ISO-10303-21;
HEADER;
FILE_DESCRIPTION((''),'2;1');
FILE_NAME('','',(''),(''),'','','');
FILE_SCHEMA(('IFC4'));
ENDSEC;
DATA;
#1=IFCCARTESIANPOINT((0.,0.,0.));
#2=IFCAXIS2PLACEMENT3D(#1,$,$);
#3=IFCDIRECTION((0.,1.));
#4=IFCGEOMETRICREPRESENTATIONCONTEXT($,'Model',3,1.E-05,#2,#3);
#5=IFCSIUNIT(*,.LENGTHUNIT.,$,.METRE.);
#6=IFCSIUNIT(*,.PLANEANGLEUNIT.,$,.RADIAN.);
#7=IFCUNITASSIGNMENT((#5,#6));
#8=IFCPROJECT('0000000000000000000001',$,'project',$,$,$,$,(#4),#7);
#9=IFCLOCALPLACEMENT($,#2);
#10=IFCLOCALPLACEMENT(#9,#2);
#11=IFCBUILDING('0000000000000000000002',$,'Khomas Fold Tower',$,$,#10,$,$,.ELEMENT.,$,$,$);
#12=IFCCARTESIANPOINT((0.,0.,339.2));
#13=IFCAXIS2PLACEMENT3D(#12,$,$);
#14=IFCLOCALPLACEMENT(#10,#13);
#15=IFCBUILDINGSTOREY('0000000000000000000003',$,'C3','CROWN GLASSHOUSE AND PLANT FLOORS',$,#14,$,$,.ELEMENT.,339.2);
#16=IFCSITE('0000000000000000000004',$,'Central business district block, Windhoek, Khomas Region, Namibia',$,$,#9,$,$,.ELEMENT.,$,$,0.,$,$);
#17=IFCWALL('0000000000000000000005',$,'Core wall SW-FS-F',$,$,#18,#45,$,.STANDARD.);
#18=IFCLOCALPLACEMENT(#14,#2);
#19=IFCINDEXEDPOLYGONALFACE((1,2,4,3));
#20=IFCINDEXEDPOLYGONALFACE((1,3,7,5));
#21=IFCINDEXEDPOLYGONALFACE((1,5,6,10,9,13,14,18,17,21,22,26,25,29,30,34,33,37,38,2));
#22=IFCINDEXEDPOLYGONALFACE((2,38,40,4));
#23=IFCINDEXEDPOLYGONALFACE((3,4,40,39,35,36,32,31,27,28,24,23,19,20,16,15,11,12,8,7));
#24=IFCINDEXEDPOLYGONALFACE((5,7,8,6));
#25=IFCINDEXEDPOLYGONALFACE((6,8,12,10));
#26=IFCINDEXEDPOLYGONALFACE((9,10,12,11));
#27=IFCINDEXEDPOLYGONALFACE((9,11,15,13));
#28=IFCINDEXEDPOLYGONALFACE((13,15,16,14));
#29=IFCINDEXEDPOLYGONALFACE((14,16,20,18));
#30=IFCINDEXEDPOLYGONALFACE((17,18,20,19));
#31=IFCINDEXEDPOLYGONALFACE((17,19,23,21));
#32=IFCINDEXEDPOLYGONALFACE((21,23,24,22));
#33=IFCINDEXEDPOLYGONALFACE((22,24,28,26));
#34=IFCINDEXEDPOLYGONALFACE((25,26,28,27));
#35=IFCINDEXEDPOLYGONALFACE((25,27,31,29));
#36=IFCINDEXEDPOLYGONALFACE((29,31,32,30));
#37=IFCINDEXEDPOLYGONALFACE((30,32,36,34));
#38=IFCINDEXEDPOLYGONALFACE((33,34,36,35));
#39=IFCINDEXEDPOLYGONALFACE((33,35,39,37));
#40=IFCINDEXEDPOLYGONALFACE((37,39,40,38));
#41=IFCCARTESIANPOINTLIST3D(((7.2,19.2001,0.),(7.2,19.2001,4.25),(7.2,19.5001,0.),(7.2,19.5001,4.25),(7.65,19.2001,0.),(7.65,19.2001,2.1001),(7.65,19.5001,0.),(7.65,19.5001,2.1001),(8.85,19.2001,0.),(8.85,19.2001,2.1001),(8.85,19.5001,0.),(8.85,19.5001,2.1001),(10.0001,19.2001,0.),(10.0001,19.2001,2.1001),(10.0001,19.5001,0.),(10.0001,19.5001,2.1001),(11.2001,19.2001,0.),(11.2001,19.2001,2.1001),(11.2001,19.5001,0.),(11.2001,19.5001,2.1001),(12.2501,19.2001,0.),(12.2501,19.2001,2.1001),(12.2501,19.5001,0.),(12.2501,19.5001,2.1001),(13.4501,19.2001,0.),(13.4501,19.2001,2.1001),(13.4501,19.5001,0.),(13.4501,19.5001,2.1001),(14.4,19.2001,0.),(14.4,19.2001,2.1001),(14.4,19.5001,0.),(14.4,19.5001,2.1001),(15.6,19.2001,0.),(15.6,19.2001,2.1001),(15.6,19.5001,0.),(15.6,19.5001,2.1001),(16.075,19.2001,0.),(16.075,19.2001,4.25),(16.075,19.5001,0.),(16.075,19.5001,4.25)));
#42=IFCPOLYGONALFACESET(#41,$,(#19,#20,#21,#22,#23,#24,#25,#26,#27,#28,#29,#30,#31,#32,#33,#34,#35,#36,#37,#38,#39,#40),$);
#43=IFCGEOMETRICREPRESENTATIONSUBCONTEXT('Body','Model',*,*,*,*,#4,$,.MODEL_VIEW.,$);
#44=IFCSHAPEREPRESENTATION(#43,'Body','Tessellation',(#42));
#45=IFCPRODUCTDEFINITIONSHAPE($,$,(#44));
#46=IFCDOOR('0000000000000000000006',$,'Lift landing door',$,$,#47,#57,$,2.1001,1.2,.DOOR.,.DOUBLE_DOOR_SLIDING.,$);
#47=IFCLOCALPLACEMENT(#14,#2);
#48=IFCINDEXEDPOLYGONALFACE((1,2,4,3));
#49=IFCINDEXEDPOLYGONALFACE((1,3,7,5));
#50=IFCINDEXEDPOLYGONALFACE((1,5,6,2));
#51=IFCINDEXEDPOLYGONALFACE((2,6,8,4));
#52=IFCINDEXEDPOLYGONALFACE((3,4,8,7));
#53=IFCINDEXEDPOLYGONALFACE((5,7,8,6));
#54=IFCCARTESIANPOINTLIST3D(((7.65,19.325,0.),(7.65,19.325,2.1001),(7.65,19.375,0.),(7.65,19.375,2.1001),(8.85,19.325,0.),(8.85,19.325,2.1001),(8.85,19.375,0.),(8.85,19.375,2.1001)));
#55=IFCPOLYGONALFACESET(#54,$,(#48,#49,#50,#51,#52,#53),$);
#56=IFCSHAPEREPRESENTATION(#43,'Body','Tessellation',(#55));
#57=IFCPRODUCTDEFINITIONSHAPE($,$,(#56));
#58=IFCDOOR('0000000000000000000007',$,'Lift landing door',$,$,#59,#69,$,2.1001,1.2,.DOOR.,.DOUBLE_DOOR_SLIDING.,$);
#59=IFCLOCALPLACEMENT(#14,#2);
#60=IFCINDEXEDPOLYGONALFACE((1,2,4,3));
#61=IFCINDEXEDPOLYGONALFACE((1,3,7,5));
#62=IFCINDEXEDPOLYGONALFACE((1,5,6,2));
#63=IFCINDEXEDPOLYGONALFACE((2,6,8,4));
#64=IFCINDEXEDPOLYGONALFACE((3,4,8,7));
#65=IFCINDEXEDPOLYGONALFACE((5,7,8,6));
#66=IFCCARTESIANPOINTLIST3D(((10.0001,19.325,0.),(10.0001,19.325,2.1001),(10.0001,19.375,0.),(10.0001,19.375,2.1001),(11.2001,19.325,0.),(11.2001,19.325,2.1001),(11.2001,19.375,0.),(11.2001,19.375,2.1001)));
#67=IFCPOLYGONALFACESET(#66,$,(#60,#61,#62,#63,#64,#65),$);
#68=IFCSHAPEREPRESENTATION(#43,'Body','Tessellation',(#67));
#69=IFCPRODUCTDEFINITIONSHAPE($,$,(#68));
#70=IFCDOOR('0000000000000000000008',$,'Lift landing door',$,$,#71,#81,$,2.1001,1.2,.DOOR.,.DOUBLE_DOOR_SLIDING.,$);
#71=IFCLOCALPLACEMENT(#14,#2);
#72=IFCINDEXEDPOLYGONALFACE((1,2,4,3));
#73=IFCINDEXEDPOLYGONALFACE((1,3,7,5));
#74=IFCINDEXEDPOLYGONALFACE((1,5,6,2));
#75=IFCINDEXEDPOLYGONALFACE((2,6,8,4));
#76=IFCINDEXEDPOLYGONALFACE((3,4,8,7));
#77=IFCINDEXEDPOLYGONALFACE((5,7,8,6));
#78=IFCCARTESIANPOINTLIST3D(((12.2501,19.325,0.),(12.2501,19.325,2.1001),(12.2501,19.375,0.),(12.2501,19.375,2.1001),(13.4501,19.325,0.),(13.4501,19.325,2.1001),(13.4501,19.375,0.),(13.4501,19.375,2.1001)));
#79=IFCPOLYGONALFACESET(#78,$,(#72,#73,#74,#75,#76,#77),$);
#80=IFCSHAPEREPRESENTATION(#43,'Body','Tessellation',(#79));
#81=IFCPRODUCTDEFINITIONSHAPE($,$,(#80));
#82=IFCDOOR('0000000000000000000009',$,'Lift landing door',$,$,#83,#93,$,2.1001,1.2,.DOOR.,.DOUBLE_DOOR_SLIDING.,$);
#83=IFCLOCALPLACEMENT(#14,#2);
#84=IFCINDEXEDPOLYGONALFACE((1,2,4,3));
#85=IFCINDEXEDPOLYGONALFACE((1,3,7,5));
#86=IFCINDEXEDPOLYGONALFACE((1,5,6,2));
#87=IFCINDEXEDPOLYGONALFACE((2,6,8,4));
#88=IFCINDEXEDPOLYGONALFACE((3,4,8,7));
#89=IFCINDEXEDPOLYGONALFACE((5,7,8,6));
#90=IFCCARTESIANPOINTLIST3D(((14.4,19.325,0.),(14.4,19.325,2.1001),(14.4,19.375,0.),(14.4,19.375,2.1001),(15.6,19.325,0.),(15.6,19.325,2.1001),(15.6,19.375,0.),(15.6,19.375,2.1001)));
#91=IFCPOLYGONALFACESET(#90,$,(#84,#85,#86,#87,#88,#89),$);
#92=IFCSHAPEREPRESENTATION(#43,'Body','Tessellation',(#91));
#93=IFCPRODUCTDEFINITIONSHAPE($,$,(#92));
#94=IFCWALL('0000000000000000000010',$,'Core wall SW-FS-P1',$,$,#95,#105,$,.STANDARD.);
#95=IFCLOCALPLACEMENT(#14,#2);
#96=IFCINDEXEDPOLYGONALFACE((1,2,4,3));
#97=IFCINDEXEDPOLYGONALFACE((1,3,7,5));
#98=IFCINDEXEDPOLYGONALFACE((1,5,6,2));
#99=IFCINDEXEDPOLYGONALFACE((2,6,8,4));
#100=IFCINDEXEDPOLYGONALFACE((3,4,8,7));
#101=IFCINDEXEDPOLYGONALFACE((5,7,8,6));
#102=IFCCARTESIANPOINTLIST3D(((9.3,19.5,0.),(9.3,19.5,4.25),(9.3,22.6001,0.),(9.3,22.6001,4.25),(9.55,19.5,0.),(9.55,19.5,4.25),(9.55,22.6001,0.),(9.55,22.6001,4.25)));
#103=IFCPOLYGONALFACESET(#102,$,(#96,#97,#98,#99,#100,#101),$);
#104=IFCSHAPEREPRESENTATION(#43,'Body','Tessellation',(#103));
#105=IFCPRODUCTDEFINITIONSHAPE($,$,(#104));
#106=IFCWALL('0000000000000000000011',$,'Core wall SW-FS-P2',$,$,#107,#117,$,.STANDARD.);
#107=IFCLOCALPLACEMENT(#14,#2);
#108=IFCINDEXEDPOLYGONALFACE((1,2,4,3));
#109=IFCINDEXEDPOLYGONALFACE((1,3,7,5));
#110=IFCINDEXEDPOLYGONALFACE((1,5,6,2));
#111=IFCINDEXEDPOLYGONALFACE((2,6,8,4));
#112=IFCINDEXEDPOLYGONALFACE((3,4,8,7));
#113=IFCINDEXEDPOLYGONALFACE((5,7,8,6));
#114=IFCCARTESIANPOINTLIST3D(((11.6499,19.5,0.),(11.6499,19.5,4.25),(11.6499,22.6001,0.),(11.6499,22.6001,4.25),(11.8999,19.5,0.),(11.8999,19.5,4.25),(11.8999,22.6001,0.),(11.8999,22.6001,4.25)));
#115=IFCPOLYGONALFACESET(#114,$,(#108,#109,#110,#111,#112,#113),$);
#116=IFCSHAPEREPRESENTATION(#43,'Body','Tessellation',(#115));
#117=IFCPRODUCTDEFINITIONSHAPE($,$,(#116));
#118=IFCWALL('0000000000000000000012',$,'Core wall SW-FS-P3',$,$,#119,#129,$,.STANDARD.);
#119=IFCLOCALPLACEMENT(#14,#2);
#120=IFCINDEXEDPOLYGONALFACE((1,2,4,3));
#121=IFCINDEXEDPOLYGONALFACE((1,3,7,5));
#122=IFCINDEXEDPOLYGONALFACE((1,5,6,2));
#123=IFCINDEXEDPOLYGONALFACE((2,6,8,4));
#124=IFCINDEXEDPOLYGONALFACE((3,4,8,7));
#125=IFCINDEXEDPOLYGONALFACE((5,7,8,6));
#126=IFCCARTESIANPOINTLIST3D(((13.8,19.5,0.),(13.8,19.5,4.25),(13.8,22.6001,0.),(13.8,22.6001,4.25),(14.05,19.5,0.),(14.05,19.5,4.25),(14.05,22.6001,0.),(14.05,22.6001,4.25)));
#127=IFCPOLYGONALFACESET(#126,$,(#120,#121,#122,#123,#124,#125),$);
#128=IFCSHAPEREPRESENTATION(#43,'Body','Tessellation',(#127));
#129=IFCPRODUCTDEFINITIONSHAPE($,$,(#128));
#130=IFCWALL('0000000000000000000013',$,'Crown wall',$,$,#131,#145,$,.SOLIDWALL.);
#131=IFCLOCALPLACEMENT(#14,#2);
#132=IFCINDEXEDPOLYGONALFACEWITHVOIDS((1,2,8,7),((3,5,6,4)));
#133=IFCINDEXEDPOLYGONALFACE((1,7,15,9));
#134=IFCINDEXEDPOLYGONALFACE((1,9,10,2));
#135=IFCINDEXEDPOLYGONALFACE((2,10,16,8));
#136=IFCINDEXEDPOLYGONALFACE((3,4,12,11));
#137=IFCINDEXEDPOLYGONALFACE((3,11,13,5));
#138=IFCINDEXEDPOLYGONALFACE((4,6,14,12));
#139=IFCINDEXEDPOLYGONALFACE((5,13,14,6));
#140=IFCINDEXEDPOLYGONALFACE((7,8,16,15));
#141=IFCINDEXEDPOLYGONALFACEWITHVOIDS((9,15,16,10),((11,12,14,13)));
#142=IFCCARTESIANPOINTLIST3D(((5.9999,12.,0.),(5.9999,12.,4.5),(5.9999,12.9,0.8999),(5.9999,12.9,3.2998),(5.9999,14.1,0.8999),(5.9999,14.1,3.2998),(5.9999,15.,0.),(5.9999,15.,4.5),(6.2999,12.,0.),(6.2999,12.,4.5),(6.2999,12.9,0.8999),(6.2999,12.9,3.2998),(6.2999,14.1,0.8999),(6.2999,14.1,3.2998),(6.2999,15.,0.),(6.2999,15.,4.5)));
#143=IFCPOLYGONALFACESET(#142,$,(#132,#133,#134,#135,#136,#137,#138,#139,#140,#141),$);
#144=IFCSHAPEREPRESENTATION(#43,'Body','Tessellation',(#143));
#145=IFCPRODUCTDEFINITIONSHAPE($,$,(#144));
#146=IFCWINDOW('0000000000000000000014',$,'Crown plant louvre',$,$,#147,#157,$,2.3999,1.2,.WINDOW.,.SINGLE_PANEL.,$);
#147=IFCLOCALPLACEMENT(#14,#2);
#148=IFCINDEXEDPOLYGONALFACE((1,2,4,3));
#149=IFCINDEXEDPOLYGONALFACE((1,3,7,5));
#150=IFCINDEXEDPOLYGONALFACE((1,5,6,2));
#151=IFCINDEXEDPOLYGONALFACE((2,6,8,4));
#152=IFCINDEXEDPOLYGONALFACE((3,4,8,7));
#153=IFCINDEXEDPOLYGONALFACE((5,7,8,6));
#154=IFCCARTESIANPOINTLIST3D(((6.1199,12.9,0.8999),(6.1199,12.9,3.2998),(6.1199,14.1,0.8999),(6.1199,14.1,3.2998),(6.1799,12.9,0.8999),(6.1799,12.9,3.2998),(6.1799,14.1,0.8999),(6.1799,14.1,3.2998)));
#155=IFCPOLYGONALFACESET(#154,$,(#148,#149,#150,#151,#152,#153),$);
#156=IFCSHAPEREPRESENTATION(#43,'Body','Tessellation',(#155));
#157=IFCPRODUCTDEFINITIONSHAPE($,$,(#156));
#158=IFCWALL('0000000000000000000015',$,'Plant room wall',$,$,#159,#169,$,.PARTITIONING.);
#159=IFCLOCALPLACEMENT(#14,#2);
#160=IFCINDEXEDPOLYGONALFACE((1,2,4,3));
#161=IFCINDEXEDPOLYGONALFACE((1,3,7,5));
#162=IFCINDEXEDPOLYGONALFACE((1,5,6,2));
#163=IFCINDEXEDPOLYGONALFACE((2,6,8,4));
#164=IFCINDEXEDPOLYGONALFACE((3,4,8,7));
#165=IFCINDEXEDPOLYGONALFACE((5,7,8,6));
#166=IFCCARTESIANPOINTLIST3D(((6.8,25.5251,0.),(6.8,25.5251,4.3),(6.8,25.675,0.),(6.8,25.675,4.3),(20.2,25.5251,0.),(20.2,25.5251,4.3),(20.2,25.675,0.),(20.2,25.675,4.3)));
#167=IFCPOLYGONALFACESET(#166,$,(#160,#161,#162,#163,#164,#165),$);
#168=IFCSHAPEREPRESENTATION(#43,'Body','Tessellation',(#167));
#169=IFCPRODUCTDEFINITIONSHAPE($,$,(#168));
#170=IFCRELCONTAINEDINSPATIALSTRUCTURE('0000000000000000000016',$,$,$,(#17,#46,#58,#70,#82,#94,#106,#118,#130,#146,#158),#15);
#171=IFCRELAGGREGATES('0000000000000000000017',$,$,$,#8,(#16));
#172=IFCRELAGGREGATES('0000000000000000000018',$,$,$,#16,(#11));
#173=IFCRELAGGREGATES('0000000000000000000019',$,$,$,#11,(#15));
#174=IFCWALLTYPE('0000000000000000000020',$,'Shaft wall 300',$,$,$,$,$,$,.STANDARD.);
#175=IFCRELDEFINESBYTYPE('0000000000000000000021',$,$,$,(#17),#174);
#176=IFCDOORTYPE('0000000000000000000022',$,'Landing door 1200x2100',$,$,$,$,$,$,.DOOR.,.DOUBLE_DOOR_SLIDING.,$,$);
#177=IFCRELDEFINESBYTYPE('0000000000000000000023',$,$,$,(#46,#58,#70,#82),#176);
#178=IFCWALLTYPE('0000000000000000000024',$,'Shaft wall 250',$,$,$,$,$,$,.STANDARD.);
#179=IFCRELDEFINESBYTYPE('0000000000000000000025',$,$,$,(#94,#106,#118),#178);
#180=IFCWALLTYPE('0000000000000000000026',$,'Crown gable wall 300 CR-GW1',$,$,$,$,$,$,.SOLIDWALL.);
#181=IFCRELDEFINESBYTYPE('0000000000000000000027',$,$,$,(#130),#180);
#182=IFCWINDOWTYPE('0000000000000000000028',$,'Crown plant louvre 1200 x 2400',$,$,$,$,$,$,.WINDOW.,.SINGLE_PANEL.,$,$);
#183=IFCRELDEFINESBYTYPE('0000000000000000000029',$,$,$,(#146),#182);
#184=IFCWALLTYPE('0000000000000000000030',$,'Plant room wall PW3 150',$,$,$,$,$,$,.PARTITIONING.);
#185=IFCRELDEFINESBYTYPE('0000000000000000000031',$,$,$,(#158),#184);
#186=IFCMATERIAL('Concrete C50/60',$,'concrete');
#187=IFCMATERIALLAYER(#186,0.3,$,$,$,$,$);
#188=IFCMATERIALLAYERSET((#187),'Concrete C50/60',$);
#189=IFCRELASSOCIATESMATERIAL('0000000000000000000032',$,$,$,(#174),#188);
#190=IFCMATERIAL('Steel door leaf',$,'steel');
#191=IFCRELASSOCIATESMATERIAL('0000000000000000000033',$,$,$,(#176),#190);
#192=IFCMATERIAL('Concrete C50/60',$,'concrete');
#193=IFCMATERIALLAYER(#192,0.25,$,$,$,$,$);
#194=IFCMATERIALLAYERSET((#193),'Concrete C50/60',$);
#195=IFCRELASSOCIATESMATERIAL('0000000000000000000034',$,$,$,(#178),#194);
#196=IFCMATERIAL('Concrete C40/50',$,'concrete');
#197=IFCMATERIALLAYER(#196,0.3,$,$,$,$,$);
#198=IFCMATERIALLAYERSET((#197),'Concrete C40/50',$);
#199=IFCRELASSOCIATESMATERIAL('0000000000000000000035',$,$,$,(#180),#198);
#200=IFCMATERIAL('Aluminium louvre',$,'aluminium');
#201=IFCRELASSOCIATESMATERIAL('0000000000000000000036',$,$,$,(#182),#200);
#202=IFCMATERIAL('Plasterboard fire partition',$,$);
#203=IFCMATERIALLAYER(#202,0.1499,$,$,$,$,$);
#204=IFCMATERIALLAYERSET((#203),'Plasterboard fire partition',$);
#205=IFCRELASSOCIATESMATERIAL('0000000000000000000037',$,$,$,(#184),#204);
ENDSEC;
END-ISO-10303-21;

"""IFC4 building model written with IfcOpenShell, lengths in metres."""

from ifc_helpers import new_model, si_unit, direction, frame, frame_2d, origin, place, context, subcontext, project, spatial, rectangle, extrude, source, transform, mapped, material, layer, layer_set, type_object, element, fill, save


model = new_model("IFC4")

# Units and contexts
model_context = context("Model", 3, precision=1e-05, world=origin(), true_north=direction((0.0, 1.0)))
body_context = subcontext(model_context, "Body", "Model", "MODEL_VIEW")
ifc_project = project(units=[si_unit("LENGTHUNIT", "METRE"), si_unit("PLANEANGLEUNIT", "RADIAN")], contexts=[model_context])

# Site, building, storey
site_placement = place(None, origin())
site = spatial("IfcSite", under=ifc_project, at=site_placement, Name="Central business district block, Windhoek, Khomas Region, Namibia", CompositionType="ELEMENT", RefElevation=0.0)
building_placement = place(site_placement, origin())
building = spatial("IfcBuilding", under=site, at=building_placement, Name="Khomas Fold Tower", CompositionType="ELEMENT")
storey_placement = place(building_placement, frame((0.0, 0.0, 339.2)))
storey = spatial("IfcBuildingStorey", under=building, at=storey_placement, Name="C3", Description="CROWN GLASSHOUSE AND PLANT FLOORS", CompositionType="ELEMENT", Elevation=339.2)

# Shared definitions
ifc_material_1 = material(Name="Concrete C50/60", Category="concrete")
ifc_layer_1 = layer(ifc_material_1, 0.3)
ifc_layer_set_1 = layer_set([ifc_layer_1], Name="Concrete C50/60")
wall_type_1 = type_object("IfcWallType", Name="Shaft wall 300", PredefinedType="STANDARD", material=ifc_layer_set_1)

# Wall, openings, doors
shared_shape_1 = source(origin(), body_context, "Body", "SweptSolid", [
    extrude(rectangle(XDim=8.875, YDim=0.3, at=frame_2d((4.4375, 0.0))), origin(), (0.0, 0.0, 1.0), 4.25),
])
wall_1_placement = place(storey_placement, frame((7.2, 19.3501, 0.0), z_axis=(0.0, 0.0, 1.0), x_axis=(1.0, 0.0, 0.0)))
wall_1 = element("IfcWall", 1, at=wall_1_placement, inside=storey, type_object=wall_type_1, Name="Core wall SW-FS-F", PredefinedType="STANDARD", context=body_context, shape_type="MappedRepresentation", body=[
    mapped(shared_shape_1, transform((0.0, 0.0, 0.0))),
])
shared_shape_2 = source(origin(), body_context, "Body", "SweptSolid", [
    extrude(rectangle(XDim=1.2, YDim=2.1001, at=frame_2d((0.6001, 1.05))), frame((0.0, 0.1599, 0.0), z_axis=(0.0, -1.0, 0.0), x_axis=(1.0, 0.0, 0.0)), (0.0, 0.0, 1.0), 0.3201),
])
opening_1_placement = place(wall_1_placement, frame((0.45, 0.0, 0.0)))
opening_1 = element("IfcOpeningElement", 2, at=opening_1_placement, cuts=wall_1, PredefinedType="OPENING", context=body_context, shape_type="MappedRepresentation", body=[
    mapped(shared_shape_2, transform((0.0, 0.0, 0.0))),
])
opening_2_placement = place(wall_1_placement, frame((2.8, 0.0, 0.0)))
opening_2 = element("IfcOpeningElement", 3, at=opening_2_placement, cuts=wall_1, PredefinedType="OPENING", context=body_context, shape_type="MappedRepresentation", body=[
    mapped(shared_shape_2, transform((0.0, 0.0, 0.0))),
])
opening_3_placement = place(wall_1_placement, frame((5.05, 0.0, 0.0)))
opening_3 = element("IfcOpeningElement", 4, at=opening_3_placement, cuts=wall_1, PredefinedType="OPENING", context=body_context, shape_type="MappedRepresentation", body=[
    mapped(shared_shape_2, transform((0.0, 0.0, 0.0))),
])
opening_4_placement = place(wall_1_placement, frame((7.2, 0.0, 0.0)))
opening_4 = element("IfcOpeningElement", 5, at=opening_4_placement, cuts=wall_1, PredefinedType="OPENING", context=body_context, shape_type="MappedRepresentation", body=[
    mapped(shared_shape_2, transform((0.0, 0.0, 0.0))),
])
ifc_material_2 = material(Name="Steel door leaf", Category="steel")
door_type_1 = type_object("IfcDoorType", Name="Landing door 1200x2100", OperationType="DOUBLE_DOOR_SLIDING", PredefinedType="DOOR", material=ifc_material_2)
shared_shape_3 = source(origin(), body_context, "Body", "SweptSolid", [
    extrude(rectangle(XDim=1.2, YDim=2.1001, at=frame_2d((0.6001, 1.05))), frame((0.0, 0.0249, 0.0), z_axis=(0.0, -1.0, 0.0), x_axis=(1.0, 0.0, 0.0)), (0.0, 0.0, 1.0), 0.05),
])
door_1_placement = place(opening_1_placement, origin())
door_1 = element("IfcDoor", 6, at=door_1_placement, inside=storey, type_object=door_type_1, Name="Lift landing door", OperationType="DOUBLE_DOOR_SLIDING", OverallHeight=2.1001, OverallWidth=1.2, PredefinedType="DOOR", context=body_context, shape_type="MappedRepresentation", body=[
    mapped(shared_shape_3, transform((0.0, 0.0, 0.0))),
])
fill(opening_1, door_1)
door_2_placement = place(opening_2_placement, origin())
door_2 = element("IfcDoor", 7, at=door_2_placement, inside=storey, type_object=door_type_1, Name="Lift landing door", OperationType="DOUBLE_DOOR_SLIDING", OverallHeight=2.1001, OverallWidth=1.2, PredefinedType="DOOR", context=body_context, shape_type="MappedRepresentation", body=[
    mapped(shared_shape_3, transform((0.0, 0.0, 0.0))),
])
fill(opening_2, door_2)
door_3_placement = place(opening_3_placement, origin())
door_3 = element("IfcDoor", 8, at=door_3_placement, inside=storey, type_object=door_type_1, Name="Lift landing door", OperationType="DOUBLE_DOOR_SLIDING", OverallHeight=2.1001, OverallWidth=1.2, PredefinedType="DOOR", context=body_context, shape_type="MappedRepresentation", body=[
    mapped(shared_shape_3, transform((0.0, 0.0, 0.0))),
])
fill(opening_3, door_3)
door_4_placement = place(opening_4_placement, origin())
door_4 = element("IfcDoor", 9, at=door_4_placement, inside=storey, type_object=door_type_1, Name="Lift landing door", OperationType="DOUBLE_DOOR_SLIDING", OverallHeight=2.1001, OverallWidth=1.2, PredefinedType="DOOR", context=body_context, shape_type="MappedRepresentation", body=[
    mapped(shared_shape_3, transform((0.0, 0.0, 0.0))),
])
fill(opening_4, door_4)

# Walls
ifc_material_3 = material(Name="Concrete C50/60", Category="concrete")
ifc_layer_2 = layer(ifc_material_3, 0.25)
ifc_layer_set_2 = layer_set([ifc_layer_2], Name="Concrete C50/60")
wall_type_2 = type_object("IfcWallType", Name="Shaft wall 250", PredefinedType="STANDARD", material=ifc_layer_set_2)
shared_shape_4 = source(origin(), body_context, "Body", "SweptSolid", [
    extrude(rectangle(XDim=3.1001, YDim=0.25, at=frame_2d((1.55, 0.0))), origin(), (0.0, 0.0, 1.0), 4.25),
])
for number, where, z_axis, x_axis, name in (
    (10, (9.425, 19.5, 0.0), (0.0, 0.0, 1.0), (0.0, 1.0, 0.0), "Core wall SW-FS-P1"),
    (11, (11.7749, 19.5, 0.0), (0.0, 0.0, 1.0), (0.0, 1.0, 0.0), "Core wall SW-FS-P2"),
    (12, (13.925, 19.5, 0.0), (0.0, 0.0, 1.0), (0.0, 1.0, 0.0), "Core wall SW-FS-P3"),
):
    element("IfcWall", number, at=place(storey_placement, frame(where, z_axis=z_axis, x_axis=x_axis)), inside=storey, type_object=wall_type_2, Name=name, PredefinedType="STANDARD", context=body_context, shape_type="MappedRepresentation", body=[
        mapped(shared_shape_4, transform((0.0, 0.0, 0.0))),
    ])

# Wall, opening, window
ifc_material_4 = material(Name="Concrete C40/50", Category="concrete")
ifc_layer_3 = layer(ifc_material_4, 0.3)
ifc_layer_set_3 = layer_set([ifc_layer_3], Name="Concrete C40/50")
wall_type_3 = type_object("IfcWallType", Name="Crown gable wall 300 CR-GW1", PredefinedType="SOLIDWALL", material=ifc_layer_set_3)
shared_shape_5 = source(origin(), body_context, "Body", "SweptSolid", [
    extrude(rectangle(XDim=3.0, YDim=0.3, at=frame_2d((1.5, 0.0))), origin(), (0.0, 0.0, 1.0), 4.5),
])
wall_2_placement = place(storey_placement, frame((6.1499, 15.0, 0.0), z_axis=(0.0, 0.0, 1.0), x_axis=(0.0, -1.0, 0.0)))
wall_2 = element("IfcWall", 13, at=wall_2_placement, inside=storey, type_object=wall_type_3, Name="Crown wall", PredefinedType="SOLIDWALL", context=body_context, shape_type="MappedRepresentation", body=[
    mapped(shared_shape_5, transform((0.0, 0.0, 0.0))),
])
shared_shape_6 = source(origin(), body_context, "Body", "SweptSolid", [
    extrude(rectangle(XDim=1.2, YDim=2.3999, at=frame_2d((0.6001, 1.2))), frame((0.0, 0.1599, 0.0), z_axis=(0.0, -1.0, 0.0), x_axis=(1.0, 0.0, 0.0)), (0.0, 0.0, 1.0), 0.3201),
])
opening_5_placement = place(wall_2_placement, frame((0.8999, 0.0, 0.8999)))
opening_5 = element("IfcOpeningElement", 14, at=opening_5_placement, cuts=wall_2, PredefinedType="OPENING", context=body_context, shape_type="MappedRepresentation", body=[
    mapped(shared_shape_6, transform((0.0, 0.0, 0.0))),
])
ifc_material_5 = material(Name="Aluminium louvre", Category="aluminium")
window_type = type_object("IfcWindowType", Name="Crown plant louvre 1200 x 2400", PartitioningType="SINGLE_PANEL", PredefinedType="WINDOW", material=ifc_material_5)
shared_shape_7 = source(origin(), body_context, "Body", "SweptSolid", [
    extrude(rectangle(XDim=1.2, YDim=2.3999, at=frame_2d((0.6001, 1.2))), frame((0.0, 0.03, 0.0), z_axis=(0.0, -1.0, 0.0), x_axis=(1.0, 0.0, 0.0)), (0.0, 0.0, 1.0), 0.0601),
])
window_placement = place(opening_5_placement, origin())
window = element("IfcWindow", 15, at=window_placement, inside=storey, type_object=window_type, Name="Crown plant louvre", OverallHeight=2.3999, OverallWidth=1.2, PartitioningType="SINGLE_PANEL", PredefinedType="WINDOW", context=body_context, shape_type="MappedRepresentation", body=[
    mapped(shared_shape_7, transform((0.0, 0.0, 0.0))),
])
fill(opening_5, window)

# Wall
ifc_material_6 = material(Name="Plasterboard fire partition")
ifc_layer_4 = layer(ifc_material_6, 0.1499)
ifc_layer_set_4 = layer_set([ifc_layer_4], Name="Plasterboard fire partition")
wall_type_4 = type_object("IfcWallType", Name="Plant room wall PW3 150", PredefinedType="PARTITIONING", material=ifc_layer_set_4)
shared_shape_8 = source(origin(), body_context, "Body", "SweptSolid", [
    extrude(rectangle(XDim=13.3999, YDim=0.1499, at=frame_2d((6.7, 0.0))), origin(), (0.0, 0.0, 1.0), 4.3),
])
wall_3_placement = place(storey_placement, frame((6.8, 25.6001, 0.0), z_axis=(0.0, 0.0, 1.0), x_axis=(1.0, 0.0, 0.0)))
element("IfcWall", 16, at=wall_3_placement, inside=storey, type_object=wall_type_4, Name="Plant room wall", PredefinedType="PARTITIONING", context=body_context, shape_type="MappedRepresentation", body=[
    mapped(shared_shape_8, transform((0.0, 0.0, 0.0))),
])

save(model, "model.ifc")
